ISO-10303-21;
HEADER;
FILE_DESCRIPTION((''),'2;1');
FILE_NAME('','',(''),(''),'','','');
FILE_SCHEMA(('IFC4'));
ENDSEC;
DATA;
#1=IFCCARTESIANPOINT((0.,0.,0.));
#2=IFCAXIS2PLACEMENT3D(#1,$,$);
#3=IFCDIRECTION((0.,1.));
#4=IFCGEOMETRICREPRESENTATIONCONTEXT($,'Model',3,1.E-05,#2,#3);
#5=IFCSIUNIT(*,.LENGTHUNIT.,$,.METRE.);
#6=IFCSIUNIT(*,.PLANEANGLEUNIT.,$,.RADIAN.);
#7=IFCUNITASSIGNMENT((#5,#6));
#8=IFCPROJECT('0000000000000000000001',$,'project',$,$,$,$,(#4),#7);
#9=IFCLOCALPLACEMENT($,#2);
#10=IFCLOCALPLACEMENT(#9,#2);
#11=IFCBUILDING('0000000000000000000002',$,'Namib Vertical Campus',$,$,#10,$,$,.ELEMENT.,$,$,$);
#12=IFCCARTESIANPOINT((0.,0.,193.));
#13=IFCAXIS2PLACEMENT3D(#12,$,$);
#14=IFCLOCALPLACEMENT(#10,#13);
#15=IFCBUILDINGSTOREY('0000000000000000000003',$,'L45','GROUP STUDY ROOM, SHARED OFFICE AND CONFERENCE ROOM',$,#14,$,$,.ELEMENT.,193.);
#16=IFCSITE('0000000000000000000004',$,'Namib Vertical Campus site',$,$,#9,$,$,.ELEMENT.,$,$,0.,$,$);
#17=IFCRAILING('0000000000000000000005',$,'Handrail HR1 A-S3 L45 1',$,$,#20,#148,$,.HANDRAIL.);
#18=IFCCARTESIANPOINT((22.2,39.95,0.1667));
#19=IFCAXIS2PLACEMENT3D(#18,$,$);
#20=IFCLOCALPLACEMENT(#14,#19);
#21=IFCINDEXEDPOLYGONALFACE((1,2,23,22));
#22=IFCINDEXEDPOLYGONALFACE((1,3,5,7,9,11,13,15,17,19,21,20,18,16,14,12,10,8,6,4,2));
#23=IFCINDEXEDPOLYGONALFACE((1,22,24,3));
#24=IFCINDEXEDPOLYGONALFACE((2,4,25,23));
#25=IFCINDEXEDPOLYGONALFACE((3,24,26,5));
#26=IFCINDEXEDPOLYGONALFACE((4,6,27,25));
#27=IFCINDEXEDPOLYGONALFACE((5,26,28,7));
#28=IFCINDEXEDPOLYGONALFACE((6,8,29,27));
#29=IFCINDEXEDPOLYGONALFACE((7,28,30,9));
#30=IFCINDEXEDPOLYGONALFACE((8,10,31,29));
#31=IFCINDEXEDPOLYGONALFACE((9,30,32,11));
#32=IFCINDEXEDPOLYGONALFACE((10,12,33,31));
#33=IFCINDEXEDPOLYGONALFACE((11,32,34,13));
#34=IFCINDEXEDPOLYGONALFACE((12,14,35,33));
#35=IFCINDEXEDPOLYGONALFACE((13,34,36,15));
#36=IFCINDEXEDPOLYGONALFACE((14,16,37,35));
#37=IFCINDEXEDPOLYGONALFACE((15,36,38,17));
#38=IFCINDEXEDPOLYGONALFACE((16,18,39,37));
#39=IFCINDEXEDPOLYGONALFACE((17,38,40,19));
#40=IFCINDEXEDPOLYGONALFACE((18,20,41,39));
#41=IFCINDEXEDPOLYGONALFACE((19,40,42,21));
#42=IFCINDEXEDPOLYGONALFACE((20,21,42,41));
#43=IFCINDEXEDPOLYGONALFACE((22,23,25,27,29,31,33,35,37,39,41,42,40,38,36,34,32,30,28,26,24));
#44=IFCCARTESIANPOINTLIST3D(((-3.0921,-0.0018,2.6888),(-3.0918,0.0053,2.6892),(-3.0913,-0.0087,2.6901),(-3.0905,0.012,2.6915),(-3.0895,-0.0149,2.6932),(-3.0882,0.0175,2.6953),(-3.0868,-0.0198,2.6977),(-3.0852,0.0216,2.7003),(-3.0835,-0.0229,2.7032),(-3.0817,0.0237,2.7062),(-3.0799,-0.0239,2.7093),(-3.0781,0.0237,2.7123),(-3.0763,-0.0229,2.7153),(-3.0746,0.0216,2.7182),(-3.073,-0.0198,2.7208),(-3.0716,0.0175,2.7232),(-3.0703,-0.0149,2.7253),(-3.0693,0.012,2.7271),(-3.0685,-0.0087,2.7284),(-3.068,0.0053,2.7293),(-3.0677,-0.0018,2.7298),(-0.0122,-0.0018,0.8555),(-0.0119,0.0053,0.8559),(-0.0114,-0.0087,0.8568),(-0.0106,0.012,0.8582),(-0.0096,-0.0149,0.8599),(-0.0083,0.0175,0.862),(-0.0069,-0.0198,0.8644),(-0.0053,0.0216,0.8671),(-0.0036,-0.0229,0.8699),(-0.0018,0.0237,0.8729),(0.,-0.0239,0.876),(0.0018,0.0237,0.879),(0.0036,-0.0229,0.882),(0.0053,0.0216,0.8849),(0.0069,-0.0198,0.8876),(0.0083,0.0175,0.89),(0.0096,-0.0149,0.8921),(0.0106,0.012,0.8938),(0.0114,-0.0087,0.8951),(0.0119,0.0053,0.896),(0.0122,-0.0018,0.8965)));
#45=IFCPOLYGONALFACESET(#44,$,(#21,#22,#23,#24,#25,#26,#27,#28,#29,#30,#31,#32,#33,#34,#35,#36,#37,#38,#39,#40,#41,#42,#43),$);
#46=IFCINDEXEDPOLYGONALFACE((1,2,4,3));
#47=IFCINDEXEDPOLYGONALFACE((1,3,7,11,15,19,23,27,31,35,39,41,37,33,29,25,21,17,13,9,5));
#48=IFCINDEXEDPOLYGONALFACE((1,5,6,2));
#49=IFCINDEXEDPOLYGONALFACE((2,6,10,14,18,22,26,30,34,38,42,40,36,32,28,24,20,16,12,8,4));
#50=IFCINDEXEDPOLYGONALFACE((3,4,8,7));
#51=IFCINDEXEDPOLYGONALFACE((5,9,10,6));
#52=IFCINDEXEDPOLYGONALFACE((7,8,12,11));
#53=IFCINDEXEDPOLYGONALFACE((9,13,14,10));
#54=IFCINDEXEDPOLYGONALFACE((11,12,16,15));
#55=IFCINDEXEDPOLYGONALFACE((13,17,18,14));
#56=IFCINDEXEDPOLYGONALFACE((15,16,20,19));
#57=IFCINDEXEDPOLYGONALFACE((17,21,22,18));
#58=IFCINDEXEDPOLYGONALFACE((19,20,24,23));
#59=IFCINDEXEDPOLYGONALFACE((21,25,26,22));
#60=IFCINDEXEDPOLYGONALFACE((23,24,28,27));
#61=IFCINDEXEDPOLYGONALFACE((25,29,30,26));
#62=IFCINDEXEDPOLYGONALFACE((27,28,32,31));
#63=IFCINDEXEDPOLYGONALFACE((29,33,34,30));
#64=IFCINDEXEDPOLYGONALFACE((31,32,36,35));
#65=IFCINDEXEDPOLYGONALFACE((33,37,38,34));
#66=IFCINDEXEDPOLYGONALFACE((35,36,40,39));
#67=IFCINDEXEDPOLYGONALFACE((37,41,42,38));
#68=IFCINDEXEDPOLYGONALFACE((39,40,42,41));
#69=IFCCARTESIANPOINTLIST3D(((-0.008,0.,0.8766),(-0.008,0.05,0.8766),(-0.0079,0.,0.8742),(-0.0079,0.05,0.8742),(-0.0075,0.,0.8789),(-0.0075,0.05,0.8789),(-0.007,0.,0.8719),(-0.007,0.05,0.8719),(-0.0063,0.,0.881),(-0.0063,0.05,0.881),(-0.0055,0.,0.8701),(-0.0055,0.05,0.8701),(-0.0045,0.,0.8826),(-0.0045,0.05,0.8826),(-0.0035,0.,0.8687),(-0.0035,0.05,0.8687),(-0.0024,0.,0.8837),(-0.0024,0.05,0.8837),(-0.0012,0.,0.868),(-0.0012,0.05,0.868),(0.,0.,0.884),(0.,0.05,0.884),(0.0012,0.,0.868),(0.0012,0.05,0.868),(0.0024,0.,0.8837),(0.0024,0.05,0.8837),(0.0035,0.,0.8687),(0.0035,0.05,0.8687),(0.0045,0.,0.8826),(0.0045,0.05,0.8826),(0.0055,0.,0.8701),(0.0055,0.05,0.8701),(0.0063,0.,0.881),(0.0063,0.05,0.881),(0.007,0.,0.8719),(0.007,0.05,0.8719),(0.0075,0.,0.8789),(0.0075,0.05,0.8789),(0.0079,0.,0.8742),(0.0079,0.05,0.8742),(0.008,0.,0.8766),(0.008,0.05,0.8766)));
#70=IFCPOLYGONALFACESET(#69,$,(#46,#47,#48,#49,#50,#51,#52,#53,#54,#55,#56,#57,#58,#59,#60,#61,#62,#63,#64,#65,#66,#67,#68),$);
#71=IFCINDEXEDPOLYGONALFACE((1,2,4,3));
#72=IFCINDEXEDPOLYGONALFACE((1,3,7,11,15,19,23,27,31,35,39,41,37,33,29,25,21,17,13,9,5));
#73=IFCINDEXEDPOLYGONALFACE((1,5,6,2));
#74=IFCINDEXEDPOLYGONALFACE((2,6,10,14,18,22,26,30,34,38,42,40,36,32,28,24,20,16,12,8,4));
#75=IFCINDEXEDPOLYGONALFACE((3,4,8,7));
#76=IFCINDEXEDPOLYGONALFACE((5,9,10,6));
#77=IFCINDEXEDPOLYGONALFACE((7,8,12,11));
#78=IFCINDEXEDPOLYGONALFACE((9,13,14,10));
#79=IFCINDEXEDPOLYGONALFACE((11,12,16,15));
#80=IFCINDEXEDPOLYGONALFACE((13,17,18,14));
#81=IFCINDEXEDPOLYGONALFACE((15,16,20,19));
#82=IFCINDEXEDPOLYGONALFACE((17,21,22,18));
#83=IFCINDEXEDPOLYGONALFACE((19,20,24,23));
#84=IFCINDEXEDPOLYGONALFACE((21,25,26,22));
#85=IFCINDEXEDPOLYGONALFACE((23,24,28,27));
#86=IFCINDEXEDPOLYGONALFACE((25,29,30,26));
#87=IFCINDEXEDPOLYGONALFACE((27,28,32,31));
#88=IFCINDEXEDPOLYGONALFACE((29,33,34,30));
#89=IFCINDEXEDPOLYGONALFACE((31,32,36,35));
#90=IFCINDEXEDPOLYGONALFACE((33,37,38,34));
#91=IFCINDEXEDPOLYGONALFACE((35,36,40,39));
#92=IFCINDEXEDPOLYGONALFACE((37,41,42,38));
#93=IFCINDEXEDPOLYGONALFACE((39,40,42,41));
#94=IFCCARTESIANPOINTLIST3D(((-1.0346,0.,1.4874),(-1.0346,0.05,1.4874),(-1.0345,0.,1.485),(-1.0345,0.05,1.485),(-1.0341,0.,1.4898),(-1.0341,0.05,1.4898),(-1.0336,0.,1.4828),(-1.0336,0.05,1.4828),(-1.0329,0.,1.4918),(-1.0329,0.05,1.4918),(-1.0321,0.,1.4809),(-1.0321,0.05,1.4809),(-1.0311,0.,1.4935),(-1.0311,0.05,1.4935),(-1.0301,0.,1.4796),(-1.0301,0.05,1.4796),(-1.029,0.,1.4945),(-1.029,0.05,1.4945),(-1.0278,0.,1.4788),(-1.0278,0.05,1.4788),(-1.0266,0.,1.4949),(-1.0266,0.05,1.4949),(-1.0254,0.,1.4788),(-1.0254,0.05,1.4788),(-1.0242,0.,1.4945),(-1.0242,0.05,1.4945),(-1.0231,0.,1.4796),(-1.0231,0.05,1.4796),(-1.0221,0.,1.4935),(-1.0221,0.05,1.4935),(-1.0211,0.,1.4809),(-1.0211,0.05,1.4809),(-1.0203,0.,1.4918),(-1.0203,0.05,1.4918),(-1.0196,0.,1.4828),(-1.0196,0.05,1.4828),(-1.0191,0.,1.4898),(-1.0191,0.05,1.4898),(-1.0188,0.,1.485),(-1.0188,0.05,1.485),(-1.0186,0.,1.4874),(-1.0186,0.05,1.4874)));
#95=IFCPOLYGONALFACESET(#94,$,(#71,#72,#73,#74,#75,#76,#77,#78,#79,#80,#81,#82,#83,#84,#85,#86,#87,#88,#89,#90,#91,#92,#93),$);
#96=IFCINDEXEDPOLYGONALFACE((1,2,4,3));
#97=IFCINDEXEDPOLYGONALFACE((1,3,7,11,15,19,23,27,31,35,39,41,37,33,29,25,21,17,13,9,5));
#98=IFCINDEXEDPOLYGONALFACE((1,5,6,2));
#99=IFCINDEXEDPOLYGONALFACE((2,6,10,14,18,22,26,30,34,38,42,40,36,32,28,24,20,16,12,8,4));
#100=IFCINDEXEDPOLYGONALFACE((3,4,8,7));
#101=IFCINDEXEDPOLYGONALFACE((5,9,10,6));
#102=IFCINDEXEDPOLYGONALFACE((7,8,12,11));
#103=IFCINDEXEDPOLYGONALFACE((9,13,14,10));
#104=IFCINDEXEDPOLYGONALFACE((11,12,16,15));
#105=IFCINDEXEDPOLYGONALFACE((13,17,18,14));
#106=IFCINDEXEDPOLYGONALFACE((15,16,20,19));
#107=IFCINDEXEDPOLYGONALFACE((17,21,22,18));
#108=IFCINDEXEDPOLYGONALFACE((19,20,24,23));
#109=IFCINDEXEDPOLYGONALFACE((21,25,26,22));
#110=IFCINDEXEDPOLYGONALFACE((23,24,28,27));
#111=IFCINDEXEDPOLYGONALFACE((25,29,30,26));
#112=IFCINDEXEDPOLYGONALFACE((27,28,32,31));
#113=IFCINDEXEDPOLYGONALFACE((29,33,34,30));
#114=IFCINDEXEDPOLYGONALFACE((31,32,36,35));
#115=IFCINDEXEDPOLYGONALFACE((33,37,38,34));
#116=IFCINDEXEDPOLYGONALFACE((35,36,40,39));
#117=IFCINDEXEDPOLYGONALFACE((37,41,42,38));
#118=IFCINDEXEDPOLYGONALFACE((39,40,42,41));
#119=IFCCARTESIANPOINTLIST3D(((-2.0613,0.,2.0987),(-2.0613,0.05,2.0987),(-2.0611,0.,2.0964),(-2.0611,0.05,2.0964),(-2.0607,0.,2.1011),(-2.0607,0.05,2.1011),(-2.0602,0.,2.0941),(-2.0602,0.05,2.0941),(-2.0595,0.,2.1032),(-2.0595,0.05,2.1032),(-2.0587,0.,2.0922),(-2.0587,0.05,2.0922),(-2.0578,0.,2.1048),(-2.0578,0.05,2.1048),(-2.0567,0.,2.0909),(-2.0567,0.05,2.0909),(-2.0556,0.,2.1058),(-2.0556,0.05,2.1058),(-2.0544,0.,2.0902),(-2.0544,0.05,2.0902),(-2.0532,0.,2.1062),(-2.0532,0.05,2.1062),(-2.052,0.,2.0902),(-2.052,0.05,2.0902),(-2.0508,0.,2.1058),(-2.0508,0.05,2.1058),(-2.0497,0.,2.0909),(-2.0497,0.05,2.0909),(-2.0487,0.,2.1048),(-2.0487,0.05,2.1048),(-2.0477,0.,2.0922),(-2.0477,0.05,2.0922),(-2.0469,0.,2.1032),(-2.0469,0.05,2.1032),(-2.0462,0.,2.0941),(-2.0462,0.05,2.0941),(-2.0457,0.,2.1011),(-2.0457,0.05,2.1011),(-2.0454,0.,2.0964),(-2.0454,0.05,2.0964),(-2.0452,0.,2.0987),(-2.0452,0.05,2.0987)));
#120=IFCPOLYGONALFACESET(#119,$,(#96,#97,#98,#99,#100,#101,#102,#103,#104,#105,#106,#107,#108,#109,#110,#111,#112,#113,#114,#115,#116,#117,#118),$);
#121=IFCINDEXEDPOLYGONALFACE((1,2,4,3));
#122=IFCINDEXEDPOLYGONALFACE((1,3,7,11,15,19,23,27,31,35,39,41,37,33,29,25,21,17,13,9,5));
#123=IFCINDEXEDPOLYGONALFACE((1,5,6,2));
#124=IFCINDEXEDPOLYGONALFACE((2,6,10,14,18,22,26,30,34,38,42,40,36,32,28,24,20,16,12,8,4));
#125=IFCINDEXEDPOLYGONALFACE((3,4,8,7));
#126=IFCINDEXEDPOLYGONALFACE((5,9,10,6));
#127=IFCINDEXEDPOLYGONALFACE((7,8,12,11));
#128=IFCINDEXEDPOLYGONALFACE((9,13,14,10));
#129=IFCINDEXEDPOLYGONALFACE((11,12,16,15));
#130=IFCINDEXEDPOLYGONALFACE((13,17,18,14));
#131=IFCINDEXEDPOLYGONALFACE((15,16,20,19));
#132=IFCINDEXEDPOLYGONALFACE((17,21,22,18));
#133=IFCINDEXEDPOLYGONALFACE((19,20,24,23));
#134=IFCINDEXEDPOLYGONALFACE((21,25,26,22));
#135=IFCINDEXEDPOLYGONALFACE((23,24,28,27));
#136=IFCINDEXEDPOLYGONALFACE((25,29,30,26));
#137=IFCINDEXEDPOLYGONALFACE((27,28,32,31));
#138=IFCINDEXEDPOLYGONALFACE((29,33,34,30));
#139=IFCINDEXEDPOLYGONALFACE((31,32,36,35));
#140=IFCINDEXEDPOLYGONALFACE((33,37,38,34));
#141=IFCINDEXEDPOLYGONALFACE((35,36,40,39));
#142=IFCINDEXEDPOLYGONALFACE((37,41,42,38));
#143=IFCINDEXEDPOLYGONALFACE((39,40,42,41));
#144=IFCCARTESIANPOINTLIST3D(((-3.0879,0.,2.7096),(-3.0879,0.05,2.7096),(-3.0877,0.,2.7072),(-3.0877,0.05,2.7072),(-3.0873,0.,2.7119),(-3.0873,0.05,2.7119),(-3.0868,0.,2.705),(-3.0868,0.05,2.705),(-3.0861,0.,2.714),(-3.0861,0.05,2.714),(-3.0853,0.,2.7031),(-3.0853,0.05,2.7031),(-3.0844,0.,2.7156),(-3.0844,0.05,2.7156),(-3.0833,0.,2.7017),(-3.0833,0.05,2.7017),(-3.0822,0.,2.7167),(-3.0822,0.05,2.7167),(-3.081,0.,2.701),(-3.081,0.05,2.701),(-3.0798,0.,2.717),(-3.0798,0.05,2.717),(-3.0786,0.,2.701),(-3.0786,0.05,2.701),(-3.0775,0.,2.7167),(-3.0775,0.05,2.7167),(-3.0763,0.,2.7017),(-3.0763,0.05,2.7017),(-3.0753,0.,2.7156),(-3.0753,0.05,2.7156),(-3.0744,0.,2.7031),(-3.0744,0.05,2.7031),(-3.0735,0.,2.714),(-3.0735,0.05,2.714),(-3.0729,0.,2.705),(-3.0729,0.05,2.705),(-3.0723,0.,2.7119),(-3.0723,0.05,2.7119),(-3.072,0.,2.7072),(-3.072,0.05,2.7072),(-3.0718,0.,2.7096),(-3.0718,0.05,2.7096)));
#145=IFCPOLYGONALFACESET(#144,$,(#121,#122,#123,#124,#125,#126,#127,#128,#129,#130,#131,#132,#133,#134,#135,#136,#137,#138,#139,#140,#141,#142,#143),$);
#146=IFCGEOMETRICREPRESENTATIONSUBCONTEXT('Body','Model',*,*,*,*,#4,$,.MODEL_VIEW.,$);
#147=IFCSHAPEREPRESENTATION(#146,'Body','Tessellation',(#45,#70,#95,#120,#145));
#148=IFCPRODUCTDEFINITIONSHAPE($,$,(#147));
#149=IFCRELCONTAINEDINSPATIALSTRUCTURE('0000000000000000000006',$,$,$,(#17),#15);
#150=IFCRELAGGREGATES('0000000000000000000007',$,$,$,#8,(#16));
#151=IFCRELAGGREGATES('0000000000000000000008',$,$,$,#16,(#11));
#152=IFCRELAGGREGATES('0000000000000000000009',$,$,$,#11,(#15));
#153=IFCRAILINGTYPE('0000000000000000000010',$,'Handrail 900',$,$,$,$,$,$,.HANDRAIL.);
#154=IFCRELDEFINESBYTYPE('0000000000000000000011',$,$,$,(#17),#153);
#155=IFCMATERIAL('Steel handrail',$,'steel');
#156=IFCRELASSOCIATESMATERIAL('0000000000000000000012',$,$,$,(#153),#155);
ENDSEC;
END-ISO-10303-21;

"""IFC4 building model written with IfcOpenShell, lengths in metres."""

from ifc_helpers import new_model, si_unit, direction, frame, origin, origin_2d, place, context, subcontext, project, spatial, circle, extrude, material, type_object, element, save


model = new_model("IFC4")

# Units and contexts
model_context = context("Model", 3, precision=1e-05, world=origin(), true_north=direction((0.0, 1.0)))
body_context = subcontext(model_context, "Body", "Model", "MODEL_VIEW")
ifc_project = project(units=[si_unit("LENGTHUNIT", "METRE"), si_unit("PLANEANGLEUNIT", "RADIAN")], contexts=[model_context])

# Site, building, storey
site_placement = place(None, origin())
site = spatial("IfcSite", under=ifc_project, at=site_placement, Name="Namib Vertical Campus site", CompositionType="ELEMENT", RefElevation=0.0)
building_placement = place(site_placement, origin())
building = spatial("IfcBuilding", under=site, at=building_placement, Name="Namib Vertical Campus", CompositionType="ELEMENT")
storey_placement = place(building_placement, frame((0.0, 0.0, 193.0)))
storey = spatial("IfcBuildingStorey", under=building, at=storey_placement, Name="L45", Description="GROUP STUDY ROOM, SHARED OFFICE AND CONFERENCE ROOM", CompositionType="ELEMENT", Elevation=193.0)

# Railing
ifc_material_1 = material(Name="Steel handrail", Category="steel")
railing_type_1 = type_object("IfcRailingType", Name="Handrail 900", PredefinedType="HANDRAIL", material=ifc_material_1)
railing_1_placement = place(storey_placement, frame((22.2, 39.95, 0.1667)))
element("IfcRailing", 1, at=railing_1_placement, inside=storey, type_object=railing_type_1, Name="Handrail HR1 A-S3 L45 1", PredefinedType="HANDRAIL", context=body_context, shape_type="SweptSolid", body=[
    extrude(circle(Radius=0.0239, at=origin_2d()), frame((0.0, 0.0, 0.876), z_axis=(-0.859291, 0.0, 0.511487), x_axis=(0.0, -1.0, 0.0)), (0.0, 0.0, 1.0), 3.5842),
    extrude(circle(Radius=0.0081, at=origin_2d()), frame((0.0, 0.0, 0.876), z_axis=(0.0, 1.0, 0.0), x_axis=(0.0, 0.0, 1.0)), (0.0, 0.0, 1.0), 0.05),
    extrude(circle(Radius=0.0081, at=origin_2d()), frame((-1.0266, 0.0, 1.4868), z_axis=(0.0, 1.0, 0.0), x_axis=(0.0, 0.0, 1.0)), (0.0, 0.0, 1.0), 0.05),
    extrude(circle(Radius=0.0081, at=origin_2d()), frame((-2.0532, 0.0, 2.0981), z_axis=(0.0, 1.0, 0.0), x_axis=(0.0, 0.0, 1.0)), (0.0, 0.0, 1.0), 0.05),
    extrude(circle(Radius=0.0081, at=origin_2d()), frame((-3.0798, 0.0, 2.709), z_axis=(0.0, 1.0, 0.0), x_axis=(0.0, 0.0, 1.0)), (0.0, 0.0, 1.0), 0.05),
])

save(model, "model.ifc")
